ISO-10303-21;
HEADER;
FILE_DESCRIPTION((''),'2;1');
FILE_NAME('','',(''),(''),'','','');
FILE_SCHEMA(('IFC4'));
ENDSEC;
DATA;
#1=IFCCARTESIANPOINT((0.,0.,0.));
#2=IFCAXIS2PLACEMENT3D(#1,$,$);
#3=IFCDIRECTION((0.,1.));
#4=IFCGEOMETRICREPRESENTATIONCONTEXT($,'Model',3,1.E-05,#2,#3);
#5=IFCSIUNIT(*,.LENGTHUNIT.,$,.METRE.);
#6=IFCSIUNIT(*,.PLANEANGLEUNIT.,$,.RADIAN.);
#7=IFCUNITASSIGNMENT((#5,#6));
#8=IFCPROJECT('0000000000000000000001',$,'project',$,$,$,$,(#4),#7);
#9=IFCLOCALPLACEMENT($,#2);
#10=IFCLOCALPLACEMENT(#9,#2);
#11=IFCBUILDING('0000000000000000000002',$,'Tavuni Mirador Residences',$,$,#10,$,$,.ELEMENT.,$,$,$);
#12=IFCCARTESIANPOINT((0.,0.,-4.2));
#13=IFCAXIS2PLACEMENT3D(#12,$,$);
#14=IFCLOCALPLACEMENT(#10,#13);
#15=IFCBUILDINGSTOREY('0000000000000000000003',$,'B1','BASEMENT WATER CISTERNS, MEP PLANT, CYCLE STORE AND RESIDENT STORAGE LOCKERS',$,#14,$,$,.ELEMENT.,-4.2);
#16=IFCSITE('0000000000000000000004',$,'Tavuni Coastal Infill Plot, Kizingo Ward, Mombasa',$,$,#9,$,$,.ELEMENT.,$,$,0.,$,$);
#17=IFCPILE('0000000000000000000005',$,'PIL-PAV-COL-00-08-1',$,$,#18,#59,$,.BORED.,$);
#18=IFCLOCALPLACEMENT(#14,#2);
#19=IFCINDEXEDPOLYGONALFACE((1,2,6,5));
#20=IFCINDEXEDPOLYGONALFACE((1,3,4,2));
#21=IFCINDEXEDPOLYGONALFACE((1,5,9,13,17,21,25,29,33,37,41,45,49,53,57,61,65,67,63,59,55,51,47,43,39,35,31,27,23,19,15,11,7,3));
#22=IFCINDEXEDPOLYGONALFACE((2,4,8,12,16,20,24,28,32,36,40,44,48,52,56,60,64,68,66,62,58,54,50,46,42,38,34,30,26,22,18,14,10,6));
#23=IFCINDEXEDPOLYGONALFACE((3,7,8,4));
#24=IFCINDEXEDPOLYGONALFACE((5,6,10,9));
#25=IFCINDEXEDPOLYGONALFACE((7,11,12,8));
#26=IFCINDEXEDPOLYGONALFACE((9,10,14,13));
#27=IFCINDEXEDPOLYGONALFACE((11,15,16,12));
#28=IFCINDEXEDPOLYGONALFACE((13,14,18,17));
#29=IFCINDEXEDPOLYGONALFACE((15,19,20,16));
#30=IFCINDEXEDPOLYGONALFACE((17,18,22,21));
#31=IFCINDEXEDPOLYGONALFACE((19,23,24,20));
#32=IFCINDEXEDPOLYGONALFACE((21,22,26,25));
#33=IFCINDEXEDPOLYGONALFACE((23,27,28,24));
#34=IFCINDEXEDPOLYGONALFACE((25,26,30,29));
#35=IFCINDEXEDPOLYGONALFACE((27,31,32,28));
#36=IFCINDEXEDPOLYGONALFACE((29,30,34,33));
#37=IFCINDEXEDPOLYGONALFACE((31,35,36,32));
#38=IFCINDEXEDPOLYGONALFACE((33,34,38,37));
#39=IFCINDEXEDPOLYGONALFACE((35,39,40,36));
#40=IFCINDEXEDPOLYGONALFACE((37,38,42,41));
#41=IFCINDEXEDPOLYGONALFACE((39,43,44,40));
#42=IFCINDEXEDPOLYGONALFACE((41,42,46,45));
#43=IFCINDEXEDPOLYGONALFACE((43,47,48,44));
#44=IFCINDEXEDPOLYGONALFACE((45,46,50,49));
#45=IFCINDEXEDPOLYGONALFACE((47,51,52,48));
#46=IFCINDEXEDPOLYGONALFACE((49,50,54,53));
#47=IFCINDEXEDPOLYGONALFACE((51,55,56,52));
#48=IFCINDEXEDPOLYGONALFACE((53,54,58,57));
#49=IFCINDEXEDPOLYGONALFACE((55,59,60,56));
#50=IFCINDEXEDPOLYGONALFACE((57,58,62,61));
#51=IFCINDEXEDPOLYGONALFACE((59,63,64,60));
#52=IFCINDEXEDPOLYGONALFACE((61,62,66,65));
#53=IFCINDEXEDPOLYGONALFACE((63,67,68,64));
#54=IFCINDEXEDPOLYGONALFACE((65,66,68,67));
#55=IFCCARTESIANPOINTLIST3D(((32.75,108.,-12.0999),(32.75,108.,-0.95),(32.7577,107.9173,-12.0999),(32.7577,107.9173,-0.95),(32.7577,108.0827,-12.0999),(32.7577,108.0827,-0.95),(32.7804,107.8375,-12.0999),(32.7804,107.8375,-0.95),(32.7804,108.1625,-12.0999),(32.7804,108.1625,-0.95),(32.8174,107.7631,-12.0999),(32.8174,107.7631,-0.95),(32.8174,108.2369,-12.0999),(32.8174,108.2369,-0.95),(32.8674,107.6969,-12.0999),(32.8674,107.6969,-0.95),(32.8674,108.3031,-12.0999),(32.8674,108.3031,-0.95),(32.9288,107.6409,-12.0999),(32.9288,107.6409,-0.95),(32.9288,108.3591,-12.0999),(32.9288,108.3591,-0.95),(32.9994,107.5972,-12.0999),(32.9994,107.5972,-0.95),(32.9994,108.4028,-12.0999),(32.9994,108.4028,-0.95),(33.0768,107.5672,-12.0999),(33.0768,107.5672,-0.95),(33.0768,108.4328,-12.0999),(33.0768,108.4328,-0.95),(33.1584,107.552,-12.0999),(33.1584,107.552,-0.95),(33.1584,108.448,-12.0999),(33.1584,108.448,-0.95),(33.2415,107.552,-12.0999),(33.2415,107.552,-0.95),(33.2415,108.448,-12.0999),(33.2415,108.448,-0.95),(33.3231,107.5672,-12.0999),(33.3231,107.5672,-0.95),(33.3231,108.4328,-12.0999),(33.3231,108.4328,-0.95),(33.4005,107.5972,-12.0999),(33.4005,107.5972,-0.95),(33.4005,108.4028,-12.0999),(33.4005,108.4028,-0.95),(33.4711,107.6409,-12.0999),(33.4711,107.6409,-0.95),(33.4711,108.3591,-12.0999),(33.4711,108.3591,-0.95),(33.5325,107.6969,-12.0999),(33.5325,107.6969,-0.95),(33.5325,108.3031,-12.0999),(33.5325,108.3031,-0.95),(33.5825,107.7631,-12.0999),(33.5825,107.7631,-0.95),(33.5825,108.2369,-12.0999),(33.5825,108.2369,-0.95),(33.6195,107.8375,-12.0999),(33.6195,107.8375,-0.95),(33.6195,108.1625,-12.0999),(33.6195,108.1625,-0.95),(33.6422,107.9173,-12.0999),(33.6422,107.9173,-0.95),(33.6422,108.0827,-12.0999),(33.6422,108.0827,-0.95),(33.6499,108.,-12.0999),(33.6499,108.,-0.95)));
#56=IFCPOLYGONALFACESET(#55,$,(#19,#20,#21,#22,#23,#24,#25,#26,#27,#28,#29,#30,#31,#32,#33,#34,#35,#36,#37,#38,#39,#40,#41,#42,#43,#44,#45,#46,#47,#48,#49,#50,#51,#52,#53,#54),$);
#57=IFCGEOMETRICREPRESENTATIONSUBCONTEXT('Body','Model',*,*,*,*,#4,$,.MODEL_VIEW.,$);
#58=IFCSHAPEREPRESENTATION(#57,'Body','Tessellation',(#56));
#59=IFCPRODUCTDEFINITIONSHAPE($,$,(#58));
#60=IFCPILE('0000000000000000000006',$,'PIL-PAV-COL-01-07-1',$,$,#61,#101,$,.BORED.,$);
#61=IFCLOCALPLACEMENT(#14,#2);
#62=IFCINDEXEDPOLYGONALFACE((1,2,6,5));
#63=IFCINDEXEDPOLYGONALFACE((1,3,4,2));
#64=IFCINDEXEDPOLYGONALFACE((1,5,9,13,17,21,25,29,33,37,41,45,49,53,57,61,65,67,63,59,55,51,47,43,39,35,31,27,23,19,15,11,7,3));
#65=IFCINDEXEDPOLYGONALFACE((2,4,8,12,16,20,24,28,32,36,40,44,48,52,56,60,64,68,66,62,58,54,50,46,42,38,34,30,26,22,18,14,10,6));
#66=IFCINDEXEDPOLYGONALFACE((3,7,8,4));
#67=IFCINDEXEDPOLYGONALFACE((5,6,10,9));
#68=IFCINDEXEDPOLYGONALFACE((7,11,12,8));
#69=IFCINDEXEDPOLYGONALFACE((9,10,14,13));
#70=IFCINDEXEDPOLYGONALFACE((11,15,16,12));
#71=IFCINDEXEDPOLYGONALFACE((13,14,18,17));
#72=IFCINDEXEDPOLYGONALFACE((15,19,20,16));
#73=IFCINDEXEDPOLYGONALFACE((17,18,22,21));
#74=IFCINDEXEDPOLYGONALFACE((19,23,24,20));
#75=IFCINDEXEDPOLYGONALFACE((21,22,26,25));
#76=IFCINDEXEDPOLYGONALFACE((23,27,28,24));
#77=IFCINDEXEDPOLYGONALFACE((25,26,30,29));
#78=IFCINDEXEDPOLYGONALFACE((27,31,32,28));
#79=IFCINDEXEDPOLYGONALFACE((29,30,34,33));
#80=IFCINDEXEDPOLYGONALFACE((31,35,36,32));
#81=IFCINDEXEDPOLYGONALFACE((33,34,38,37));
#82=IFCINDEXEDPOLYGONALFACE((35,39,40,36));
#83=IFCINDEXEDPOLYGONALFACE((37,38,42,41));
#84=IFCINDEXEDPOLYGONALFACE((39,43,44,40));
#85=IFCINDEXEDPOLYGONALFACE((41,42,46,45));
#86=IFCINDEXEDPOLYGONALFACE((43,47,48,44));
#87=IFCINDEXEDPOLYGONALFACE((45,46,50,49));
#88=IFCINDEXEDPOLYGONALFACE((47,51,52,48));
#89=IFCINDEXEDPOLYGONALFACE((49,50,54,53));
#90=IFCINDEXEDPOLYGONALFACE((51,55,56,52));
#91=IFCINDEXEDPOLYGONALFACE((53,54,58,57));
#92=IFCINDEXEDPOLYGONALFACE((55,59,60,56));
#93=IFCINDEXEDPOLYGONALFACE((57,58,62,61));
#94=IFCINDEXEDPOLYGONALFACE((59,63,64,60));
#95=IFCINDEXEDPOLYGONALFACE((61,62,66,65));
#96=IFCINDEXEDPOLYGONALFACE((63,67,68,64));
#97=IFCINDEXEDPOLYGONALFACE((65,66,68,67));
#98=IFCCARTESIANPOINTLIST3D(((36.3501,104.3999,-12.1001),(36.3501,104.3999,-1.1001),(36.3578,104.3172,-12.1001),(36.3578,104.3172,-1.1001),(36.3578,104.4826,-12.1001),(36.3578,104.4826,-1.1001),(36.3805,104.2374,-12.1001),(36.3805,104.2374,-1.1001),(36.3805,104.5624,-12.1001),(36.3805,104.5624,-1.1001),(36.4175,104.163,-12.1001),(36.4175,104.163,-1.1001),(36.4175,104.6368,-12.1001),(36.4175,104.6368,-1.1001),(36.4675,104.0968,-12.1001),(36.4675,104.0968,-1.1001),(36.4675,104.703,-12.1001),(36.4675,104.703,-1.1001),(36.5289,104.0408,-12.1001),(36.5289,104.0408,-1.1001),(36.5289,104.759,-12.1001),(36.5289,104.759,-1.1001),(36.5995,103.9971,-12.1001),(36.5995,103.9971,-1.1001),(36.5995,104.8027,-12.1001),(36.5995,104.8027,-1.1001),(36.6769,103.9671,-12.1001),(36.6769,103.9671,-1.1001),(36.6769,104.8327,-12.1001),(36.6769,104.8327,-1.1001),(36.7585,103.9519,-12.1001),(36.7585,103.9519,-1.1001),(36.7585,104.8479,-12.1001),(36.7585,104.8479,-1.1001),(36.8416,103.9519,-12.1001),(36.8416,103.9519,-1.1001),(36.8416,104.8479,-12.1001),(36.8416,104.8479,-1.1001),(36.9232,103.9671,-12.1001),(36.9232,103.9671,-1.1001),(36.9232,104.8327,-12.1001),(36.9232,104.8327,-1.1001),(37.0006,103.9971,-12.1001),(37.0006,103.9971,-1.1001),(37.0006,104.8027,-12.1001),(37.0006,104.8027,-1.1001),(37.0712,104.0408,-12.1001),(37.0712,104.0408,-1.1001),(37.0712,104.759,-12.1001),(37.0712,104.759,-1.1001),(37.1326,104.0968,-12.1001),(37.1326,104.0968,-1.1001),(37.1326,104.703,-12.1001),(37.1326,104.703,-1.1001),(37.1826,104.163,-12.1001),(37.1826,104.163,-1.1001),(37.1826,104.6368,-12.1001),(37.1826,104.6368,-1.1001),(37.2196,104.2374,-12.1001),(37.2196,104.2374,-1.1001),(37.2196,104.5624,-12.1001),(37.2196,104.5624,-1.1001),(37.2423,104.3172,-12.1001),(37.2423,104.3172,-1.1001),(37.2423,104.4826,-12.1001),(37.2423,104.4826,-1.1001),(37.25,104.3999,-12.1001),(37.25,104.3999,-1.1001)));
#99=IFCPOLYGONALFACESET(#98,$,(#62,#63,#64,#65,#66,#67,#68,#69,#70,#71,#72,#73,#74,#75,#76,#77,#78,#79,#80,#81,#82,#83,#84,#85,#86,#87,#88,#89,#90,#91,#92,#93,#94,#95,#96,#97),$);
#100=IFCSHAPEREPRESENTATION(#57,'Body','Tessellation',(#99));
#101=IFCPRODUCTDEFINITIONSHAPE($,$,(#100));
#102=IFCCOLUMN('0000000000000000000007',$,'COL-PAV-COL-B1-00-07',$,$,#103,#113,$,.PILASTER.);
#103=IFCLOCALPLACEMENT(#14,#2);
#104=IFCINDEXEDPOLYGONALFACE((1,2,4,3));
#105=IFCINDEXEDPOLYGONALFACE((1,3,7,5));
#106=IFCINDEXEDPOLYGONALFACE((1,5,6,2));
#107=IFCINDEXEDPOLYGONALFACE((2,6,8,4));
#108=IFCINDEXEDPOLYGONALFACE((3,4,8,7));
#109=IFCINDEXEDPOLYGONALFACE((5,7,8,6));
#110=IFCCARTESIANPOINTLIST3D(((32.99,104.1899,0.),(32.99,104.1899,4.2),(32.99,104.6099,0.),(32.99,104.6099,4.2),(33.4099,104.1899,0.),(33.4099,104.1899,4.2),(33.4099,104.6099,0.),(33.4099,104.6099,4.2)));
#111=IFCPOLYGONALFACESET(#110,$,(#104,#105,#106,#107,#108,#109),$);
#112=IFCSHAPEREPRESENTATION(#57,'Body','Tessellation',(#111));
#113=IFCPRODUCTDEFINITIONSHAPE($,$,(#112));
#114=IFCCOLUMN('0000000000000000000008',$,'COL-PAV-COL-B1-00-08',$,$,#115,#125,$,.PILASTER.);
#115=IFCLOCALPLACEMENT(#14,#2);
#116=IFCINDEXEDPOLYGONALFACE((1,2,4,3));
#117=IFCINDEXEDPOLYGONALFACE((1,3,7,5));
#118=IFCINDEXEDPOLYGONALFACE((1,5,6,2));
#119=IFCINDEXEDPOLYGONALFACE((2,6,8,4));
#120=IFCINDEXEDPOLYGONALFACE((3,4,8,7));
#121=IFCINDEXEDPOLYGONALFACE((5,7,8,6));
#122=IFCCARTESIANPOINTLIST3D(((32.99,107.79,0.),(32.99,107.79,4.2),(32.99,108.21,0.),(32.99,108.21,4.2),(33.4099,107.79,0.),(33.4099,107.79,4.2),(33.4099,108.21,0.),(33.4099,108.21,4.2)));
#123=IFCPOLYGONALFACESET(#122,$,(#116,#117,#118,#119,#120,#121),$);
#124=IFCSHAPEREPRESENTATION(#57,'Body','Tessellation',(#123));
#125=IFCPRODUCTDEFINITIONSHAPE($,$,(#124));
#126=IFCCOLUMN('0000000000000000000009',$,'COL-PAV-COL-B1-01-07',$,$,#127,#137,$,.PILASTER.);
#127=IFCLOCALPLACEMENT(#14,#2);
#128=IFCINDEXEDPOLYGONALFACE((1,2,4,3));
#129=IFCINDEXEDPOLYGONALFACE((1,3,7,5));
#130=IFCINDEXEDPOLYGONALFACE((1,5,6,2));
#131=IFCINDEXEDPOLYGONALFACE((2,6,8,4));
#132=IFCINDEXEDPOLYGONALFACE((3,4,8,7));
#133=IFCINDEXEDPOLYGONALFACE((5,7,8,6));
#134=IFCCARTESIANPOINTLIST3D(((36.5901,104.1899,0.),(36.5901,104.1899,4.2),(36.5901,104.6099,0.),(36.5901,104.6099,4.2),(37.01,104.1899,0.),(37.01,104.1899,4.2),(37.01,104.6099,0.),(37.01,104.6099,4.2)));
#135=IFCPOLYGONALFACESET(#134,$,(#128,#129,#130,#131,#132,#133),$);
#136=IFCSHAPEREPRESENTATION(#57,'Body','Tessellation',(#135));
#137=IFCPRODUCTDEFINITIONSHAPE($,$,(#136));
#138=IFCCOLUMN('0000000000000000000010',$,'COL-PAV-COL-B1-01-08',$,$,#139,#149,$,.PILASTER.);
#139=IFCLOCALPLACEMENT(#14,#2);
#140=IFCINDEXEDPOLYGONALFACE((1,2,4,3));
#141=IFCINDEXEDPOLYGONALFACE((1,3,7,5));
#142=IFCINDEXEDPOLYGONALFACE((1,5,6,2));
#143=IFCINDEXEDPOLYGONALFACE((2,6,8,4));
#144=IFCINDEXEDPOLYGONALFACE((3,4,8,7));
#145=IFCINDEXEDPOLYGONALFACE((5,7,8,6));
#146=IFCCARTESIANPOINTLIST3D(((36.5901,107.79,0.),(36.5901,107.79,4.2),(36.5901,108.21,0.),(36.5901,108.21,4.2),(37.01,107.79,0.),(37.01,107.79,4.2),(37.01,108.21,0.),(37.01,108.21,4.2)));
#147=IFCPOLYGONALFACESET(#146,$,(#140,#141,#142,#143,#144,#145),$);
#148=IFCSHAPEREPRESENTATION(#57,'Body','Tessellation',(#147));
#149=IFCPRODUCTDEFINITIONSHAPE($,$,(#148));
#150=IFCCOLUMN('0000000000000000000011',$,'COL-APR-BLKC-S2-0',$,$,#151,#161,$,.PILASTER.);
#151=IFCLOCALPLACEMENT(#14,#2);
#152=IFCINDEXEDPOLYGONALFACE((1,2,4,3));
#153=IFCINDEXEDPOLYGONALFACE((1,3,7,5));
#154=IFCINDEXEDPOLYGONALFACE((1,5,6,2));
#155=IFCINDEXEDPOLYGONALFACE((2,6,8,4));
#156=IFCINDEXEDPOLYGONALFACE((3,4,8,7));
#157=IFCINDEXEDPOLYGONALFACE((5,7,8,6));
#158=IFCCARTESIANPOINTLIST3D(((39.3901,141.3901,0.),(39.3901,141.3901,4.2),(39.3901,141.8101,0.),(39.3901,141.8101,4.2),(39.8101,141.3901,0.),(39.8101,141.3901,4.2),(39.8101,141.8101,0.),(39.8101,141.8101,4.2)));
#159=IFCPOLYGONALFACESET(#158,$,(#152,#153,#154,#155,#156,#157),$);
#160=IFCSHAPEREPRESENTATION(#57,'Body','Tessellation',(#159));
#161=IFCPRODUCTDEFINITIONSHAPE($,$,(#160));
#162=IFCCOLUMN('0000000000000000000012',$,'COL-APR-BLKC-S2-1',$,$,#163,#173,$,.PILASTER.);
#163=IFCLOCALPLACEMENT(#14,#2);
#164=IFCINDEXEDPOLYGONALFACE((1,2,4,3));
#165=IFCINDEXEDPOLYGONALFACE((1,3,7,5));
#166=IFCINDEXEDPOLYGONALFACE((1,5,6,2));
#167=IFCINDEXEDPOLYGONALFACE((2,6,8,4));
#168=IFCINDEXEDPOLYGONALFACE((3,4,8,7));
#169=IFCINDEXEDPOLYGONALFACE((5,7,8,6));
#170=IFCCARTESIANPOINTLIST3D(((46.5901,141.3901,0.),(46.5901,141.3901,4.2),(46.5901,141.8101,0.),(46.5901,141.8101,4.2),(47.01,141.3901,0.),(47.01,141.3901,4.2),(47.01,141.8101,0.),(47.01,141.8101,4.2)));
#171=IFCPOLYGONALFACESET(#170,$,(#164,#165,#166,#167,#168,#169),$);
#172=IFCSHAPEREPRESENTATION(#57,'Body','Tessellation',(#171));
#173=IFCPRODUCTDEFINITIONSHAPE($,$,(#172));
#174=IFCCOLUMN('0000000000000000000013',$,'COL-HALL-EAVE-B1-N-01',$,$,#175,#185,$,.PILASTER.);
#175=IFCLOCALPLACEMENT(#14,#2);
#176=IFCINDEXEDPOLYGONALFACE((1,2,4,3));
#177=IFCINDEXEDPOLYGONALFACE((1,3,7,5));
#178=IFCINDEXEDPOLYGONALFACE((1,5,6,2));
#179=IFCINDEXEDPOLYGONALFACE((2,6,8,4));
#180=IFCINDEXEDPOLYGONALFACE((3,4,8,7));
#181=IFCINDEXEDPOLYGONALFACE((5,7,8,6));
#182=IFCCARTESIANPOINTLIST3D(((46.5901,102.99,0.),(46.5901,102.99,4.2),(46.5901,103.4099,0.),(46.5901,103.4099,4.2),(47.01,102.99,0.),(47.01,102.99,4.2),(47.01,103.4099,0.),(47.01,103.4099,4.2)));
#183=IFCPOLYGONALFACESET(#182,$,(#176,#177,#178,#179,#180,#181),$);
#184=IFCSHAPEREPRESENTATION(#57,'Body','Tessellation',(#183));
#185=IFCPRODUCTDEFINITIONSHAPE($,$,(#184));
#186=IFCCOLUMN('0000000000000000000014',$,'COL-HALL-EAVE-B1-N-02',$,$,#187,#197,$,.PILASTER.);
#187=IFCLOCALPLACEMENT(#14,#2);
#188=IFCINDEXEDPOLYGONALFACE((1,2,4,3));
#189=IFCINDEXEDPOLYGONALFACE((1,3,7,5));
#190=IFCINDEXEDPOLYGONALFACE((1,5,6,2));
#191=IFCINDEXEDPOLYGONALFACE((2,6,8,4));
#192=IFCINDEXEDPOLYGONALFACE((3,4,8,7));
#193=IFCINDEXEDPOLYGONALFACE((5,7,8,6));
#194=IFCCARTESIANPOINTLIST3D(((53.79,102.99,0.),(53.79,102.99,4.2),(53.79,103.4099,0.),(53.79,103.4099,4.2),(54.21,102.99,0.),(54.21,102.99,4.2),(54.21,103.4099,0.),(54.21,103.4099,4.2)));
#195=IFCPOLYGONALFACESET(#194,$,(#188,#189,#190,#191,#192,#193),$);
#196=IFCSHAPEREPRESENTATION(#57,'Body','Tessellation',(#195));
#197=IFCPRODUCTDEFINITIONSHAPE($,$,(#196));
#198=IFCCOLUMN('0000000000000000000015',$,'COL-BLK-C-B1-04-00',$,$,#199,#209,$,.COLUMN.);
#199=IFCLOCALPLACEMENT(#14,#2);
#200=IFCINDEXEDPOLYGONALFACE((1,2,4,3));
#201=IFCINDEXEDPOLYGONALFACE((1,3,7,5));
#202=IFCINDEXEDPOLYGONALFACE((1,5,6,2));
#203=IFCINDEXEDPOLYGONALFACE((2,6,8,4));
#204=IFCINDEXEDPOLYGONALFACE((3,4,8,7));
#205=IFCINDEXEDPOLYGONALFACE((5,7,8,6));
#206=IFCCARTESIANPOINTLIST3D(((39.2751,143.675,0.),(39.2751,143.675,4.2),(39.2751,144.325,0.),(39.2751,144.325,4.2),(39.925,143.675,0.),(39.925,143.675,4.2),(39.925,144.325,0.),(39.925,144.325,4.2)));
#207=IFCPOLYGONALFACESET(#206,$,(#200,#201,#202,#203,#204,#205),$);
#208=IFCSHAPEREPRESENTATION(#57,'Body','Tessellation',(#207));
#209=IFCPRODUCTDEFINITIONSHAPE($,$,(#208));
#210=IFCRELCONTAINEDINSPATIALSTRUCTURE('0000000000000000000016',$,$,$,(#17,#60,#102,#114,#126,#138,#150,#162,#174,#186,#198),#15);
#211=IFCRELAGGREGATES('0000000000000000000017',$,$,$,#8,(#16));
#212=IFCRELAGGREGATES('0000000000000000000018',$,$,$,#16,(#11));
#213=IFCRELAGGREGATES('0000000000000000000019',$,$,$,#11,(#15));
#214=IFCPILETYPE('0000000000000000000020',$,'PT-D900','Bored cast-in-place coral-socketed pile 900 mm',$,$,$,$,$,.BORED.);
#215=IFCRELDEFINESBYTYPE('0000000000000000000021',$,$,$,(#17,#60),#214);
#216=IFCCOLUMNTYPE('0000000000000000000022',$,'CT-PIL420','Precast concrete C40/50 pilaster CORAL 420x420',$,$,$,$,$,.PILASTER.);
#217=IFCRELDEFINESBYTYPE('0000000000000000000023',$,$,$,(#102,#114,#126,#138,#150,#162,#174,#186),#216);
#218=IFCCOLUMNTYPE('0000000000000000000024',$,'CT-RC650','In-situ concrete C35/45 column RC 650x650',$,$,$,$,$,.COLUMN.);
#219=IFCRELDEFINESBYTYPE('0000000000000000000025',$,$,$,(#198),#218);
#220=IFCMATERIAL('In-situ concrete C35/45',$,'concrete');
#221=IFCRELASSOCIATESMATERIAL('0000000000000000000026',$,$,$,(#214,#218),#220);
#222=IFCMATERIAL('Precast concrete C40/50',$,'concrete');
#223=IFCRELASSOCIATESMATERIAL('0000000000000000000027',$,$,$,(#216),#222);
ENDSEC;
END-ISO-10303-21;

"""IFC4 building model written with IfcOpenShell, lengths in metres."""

from ifc_helpers import new_model, si_unit, direction, frame, origin, origin_2d, place, context, subcontext, project, spatial, rectangle, circle, extrude, material, material_profile, profile_set, type_object, element, save


model = new_model("IFC4")

# Units and contexts
model_context = context("Model", 3, precision=1e-05, world=origin(), true_north=direction((0.0, 1.0)))
body_context = subcontext(model_context, "Body", "Model", "MODEL_VIEW")
ifc_project = project(units=[si_unit("LENGTHUNIT", "METRE"), si_unit("PLANEANGLEUNIT", "RADIAN")], contexts=[model_context])

# Site, building, storey
site_placement = place(None, origin())
site = spatial("IfcSite", under=ifc_project, at=site_placement, Name="Tavuni Coastal Infill Plot, Kizingo Ward, Mombasa", CompositionType="ELEMENT", RefElevation=0.0)
building_placement = place(site_placement, origin())
building = spatial("IfcBuilding", under=site, at=building_placement, Name="Tavuni Mirador Residences", CompositionType="ELEMENT")
storey_placement = place(building_placement, frame((0.0, 0.0, -4.2)))
storey = spatial("IfcBuildingStorey", under=building, at=storey_placement, Name="B1", Description="BASEMENT WATER CISTERNS, MEP PLANT, CYCLE STORE AND RESIDENT STORAGE LOCKERS", CompositionType="ELEMENT", Elevation=-4.2)

# Shared definitions
ifc_material_1 = material(Name="In-situ concrete C35/45", Category="concrete")

# Piles
ifc_material_profile_1 = material_profile(ifc_material_1, circle(Radius=0.45, at=origin_2d()), Name="PILE D900", Category="concrete")
ifc_profile_set_1 = profile_set([ifc_material_profile_1], Name="In-situ concrete C35/45")
pile_type_1 = type_object("IfcPileType", Name="PT-D900", Description="Bored cast-in-place coral-socketed pile 900 mm", PredefinedType="BORED", material=ifc_profile_set_1)
pile_1_placement = place(storey_placement, frame((33.2, 108.0, -0.95), z_axis=(0.0, 0.0, -1.0), x_axis=(1.0, 0.0, 0.0)))
element("IfcPile", 1, at=pile_1_placement, inside=storey, type_object=pile_type_1, Name="PIL-PAV-COL-00-08-1", PredefinedType="BORED", context=body_context, shape_type="SweptSolid", body=[
    extrude(circle(Radius=0.45, at=origin_2d()), origin(), (0.0, 0.0, 1.0), 11.1499),
])
pile_2_placement = place(storey_placement, frame((36.8, 104.3999, -1.1001), z_axis=(0.0, 0.0, -1.0), x_axis=(1.0, 0.0, 0.0)))
element("IfcPile", 2, at=pile_2_placement, inside=storey, type_object=pile_type_1, Name="PIL-PAV-COL-01-07-1", PredefinedType="BORED", context=body_context, shape_type="SweptSolid", body=[
    extrude(circle(Radius=0.45, at=origin_2d()), origin(), (0.0, 0.0, 1.0), 11.0),
])

# Columns
ifc_material_2 = material(Name="Precast concrete C40/50", Category="concrete")
ifc_material_profile_2 = material_profile(ifc_material_2, rectangle(XDim=0.4199, YDim=0.4199, at=origin_2d()), Name="CORAL 420x420", Category="concrete")
ifc_profile_set_2 = profile_set([ifc_material_profile_2], Name="Precast concrete C40/50")
column_type_1 = type_object("IfcColumnType", Name="CT-PIL420", Description="Precast concrete C40/50 pilaster CORAL 420x420", PredefinedType="PILASTER", material=ifc_profile_set_2)
for number, where, z_axis, x_axis, name in (
    (3, (33.2, 104.3999, 0.0), (0.0, 0.0, 1.0), (1.0, 0.0, 0.0), "COL-PAV-COL-B1-00-07"),
    (4, (33.2, 108.0, 0.0), (0.0, 0.0, 1.0), (1.0, 0.0, 0.0), "COL-PAV-COL-B1-00-08"),
    (5, (36.8, 104.3999, 0.0), (0.0, 0.0, 1.0), (1.0, 0.0, 0.0), "COL-PAV-COL-B1-01-07"),
    (6, (36.8, 108.0, 0.0), (0.0, 0.0, 1.0), (1.0, 0.0, 0.0), "COL-PAV-COL-B1-01-08"),
    (7, (39.6001, 141.6001, 0.0), (0.0, 0.0, 1.0), (1.0, 0.0, 0.0), "COL-APR-BLKC-S2-0"),
    (8, (46.8, 141.6001, 0.0), (0.0, 0.0, 1.0), (1.0, 0.0, 0.0), "COL-APR-BLKC-S2-1"),
    (9, (46.8, 103.2, 0.0), (0.0, 0.0, 1.0), (1.0, 0.0, 0.0), "COL-HALL-EAVE-B1-N-01"),
    (10, (54.0, 103.2, 0.0), (0.0, 0.0, 1.0), (1.0, 0.0, 0.0), "COL-HALL-EAVE-B1-N-02"),
):
    element("IfcColumn", number, at=place(storey_placement, frame(where, z_axis=z_axis, x_axis=x_axis)), inside=storey, type_object=column_type_1, Name=name, PredefinedType="PILASTER", context=body_context, shape_type="SweptSolid", body=[
        extrude(rectangle(XDim=0.4199, YDim=0.4199, at=origin_2d()), origin(), (0.0, 0.0, 1.0), 4.2),
    ])
ifc_material_profile_3 = material_profile(ifc_material_1, rectangle(XDim=0.6499, YDim=0.6499, at=origin_2d()), Name="RC 650x650", Category="concrete")
ifc_profile_set_3 = profile_set([ifc_material_profile_3], Name="In-situ concrete C35/45")
column_type_2 = type_object("IfcColumnType", Name="CT-RC650", Description="In-situ concrete C35/45 column RC 650x650", PredefinedType="COLUMN", material=ifc_profile_set_3)
column_placement = place(storey_placement, frame((39.6001, 144.0, 0.0), z_axis=(0.0, 0.0, 1.0), x_axis=(1.0, 0.0, 0.0)))
element("IfcColumn", 11, at=column_placement, inside=storey, type_object=column_type_2, Name="COL-BLK-C-B1-04-00", PredefinedType="COLUMN", context=body_context, shape_type="SweptSolid", body=[
    extrude(rectangle(XDim=0.6499, YDim=0.6499, at=origin_2d()), origin(), (0.0, 0.0, 1.0), 4.2),
])

save(model, "model.ifc")
